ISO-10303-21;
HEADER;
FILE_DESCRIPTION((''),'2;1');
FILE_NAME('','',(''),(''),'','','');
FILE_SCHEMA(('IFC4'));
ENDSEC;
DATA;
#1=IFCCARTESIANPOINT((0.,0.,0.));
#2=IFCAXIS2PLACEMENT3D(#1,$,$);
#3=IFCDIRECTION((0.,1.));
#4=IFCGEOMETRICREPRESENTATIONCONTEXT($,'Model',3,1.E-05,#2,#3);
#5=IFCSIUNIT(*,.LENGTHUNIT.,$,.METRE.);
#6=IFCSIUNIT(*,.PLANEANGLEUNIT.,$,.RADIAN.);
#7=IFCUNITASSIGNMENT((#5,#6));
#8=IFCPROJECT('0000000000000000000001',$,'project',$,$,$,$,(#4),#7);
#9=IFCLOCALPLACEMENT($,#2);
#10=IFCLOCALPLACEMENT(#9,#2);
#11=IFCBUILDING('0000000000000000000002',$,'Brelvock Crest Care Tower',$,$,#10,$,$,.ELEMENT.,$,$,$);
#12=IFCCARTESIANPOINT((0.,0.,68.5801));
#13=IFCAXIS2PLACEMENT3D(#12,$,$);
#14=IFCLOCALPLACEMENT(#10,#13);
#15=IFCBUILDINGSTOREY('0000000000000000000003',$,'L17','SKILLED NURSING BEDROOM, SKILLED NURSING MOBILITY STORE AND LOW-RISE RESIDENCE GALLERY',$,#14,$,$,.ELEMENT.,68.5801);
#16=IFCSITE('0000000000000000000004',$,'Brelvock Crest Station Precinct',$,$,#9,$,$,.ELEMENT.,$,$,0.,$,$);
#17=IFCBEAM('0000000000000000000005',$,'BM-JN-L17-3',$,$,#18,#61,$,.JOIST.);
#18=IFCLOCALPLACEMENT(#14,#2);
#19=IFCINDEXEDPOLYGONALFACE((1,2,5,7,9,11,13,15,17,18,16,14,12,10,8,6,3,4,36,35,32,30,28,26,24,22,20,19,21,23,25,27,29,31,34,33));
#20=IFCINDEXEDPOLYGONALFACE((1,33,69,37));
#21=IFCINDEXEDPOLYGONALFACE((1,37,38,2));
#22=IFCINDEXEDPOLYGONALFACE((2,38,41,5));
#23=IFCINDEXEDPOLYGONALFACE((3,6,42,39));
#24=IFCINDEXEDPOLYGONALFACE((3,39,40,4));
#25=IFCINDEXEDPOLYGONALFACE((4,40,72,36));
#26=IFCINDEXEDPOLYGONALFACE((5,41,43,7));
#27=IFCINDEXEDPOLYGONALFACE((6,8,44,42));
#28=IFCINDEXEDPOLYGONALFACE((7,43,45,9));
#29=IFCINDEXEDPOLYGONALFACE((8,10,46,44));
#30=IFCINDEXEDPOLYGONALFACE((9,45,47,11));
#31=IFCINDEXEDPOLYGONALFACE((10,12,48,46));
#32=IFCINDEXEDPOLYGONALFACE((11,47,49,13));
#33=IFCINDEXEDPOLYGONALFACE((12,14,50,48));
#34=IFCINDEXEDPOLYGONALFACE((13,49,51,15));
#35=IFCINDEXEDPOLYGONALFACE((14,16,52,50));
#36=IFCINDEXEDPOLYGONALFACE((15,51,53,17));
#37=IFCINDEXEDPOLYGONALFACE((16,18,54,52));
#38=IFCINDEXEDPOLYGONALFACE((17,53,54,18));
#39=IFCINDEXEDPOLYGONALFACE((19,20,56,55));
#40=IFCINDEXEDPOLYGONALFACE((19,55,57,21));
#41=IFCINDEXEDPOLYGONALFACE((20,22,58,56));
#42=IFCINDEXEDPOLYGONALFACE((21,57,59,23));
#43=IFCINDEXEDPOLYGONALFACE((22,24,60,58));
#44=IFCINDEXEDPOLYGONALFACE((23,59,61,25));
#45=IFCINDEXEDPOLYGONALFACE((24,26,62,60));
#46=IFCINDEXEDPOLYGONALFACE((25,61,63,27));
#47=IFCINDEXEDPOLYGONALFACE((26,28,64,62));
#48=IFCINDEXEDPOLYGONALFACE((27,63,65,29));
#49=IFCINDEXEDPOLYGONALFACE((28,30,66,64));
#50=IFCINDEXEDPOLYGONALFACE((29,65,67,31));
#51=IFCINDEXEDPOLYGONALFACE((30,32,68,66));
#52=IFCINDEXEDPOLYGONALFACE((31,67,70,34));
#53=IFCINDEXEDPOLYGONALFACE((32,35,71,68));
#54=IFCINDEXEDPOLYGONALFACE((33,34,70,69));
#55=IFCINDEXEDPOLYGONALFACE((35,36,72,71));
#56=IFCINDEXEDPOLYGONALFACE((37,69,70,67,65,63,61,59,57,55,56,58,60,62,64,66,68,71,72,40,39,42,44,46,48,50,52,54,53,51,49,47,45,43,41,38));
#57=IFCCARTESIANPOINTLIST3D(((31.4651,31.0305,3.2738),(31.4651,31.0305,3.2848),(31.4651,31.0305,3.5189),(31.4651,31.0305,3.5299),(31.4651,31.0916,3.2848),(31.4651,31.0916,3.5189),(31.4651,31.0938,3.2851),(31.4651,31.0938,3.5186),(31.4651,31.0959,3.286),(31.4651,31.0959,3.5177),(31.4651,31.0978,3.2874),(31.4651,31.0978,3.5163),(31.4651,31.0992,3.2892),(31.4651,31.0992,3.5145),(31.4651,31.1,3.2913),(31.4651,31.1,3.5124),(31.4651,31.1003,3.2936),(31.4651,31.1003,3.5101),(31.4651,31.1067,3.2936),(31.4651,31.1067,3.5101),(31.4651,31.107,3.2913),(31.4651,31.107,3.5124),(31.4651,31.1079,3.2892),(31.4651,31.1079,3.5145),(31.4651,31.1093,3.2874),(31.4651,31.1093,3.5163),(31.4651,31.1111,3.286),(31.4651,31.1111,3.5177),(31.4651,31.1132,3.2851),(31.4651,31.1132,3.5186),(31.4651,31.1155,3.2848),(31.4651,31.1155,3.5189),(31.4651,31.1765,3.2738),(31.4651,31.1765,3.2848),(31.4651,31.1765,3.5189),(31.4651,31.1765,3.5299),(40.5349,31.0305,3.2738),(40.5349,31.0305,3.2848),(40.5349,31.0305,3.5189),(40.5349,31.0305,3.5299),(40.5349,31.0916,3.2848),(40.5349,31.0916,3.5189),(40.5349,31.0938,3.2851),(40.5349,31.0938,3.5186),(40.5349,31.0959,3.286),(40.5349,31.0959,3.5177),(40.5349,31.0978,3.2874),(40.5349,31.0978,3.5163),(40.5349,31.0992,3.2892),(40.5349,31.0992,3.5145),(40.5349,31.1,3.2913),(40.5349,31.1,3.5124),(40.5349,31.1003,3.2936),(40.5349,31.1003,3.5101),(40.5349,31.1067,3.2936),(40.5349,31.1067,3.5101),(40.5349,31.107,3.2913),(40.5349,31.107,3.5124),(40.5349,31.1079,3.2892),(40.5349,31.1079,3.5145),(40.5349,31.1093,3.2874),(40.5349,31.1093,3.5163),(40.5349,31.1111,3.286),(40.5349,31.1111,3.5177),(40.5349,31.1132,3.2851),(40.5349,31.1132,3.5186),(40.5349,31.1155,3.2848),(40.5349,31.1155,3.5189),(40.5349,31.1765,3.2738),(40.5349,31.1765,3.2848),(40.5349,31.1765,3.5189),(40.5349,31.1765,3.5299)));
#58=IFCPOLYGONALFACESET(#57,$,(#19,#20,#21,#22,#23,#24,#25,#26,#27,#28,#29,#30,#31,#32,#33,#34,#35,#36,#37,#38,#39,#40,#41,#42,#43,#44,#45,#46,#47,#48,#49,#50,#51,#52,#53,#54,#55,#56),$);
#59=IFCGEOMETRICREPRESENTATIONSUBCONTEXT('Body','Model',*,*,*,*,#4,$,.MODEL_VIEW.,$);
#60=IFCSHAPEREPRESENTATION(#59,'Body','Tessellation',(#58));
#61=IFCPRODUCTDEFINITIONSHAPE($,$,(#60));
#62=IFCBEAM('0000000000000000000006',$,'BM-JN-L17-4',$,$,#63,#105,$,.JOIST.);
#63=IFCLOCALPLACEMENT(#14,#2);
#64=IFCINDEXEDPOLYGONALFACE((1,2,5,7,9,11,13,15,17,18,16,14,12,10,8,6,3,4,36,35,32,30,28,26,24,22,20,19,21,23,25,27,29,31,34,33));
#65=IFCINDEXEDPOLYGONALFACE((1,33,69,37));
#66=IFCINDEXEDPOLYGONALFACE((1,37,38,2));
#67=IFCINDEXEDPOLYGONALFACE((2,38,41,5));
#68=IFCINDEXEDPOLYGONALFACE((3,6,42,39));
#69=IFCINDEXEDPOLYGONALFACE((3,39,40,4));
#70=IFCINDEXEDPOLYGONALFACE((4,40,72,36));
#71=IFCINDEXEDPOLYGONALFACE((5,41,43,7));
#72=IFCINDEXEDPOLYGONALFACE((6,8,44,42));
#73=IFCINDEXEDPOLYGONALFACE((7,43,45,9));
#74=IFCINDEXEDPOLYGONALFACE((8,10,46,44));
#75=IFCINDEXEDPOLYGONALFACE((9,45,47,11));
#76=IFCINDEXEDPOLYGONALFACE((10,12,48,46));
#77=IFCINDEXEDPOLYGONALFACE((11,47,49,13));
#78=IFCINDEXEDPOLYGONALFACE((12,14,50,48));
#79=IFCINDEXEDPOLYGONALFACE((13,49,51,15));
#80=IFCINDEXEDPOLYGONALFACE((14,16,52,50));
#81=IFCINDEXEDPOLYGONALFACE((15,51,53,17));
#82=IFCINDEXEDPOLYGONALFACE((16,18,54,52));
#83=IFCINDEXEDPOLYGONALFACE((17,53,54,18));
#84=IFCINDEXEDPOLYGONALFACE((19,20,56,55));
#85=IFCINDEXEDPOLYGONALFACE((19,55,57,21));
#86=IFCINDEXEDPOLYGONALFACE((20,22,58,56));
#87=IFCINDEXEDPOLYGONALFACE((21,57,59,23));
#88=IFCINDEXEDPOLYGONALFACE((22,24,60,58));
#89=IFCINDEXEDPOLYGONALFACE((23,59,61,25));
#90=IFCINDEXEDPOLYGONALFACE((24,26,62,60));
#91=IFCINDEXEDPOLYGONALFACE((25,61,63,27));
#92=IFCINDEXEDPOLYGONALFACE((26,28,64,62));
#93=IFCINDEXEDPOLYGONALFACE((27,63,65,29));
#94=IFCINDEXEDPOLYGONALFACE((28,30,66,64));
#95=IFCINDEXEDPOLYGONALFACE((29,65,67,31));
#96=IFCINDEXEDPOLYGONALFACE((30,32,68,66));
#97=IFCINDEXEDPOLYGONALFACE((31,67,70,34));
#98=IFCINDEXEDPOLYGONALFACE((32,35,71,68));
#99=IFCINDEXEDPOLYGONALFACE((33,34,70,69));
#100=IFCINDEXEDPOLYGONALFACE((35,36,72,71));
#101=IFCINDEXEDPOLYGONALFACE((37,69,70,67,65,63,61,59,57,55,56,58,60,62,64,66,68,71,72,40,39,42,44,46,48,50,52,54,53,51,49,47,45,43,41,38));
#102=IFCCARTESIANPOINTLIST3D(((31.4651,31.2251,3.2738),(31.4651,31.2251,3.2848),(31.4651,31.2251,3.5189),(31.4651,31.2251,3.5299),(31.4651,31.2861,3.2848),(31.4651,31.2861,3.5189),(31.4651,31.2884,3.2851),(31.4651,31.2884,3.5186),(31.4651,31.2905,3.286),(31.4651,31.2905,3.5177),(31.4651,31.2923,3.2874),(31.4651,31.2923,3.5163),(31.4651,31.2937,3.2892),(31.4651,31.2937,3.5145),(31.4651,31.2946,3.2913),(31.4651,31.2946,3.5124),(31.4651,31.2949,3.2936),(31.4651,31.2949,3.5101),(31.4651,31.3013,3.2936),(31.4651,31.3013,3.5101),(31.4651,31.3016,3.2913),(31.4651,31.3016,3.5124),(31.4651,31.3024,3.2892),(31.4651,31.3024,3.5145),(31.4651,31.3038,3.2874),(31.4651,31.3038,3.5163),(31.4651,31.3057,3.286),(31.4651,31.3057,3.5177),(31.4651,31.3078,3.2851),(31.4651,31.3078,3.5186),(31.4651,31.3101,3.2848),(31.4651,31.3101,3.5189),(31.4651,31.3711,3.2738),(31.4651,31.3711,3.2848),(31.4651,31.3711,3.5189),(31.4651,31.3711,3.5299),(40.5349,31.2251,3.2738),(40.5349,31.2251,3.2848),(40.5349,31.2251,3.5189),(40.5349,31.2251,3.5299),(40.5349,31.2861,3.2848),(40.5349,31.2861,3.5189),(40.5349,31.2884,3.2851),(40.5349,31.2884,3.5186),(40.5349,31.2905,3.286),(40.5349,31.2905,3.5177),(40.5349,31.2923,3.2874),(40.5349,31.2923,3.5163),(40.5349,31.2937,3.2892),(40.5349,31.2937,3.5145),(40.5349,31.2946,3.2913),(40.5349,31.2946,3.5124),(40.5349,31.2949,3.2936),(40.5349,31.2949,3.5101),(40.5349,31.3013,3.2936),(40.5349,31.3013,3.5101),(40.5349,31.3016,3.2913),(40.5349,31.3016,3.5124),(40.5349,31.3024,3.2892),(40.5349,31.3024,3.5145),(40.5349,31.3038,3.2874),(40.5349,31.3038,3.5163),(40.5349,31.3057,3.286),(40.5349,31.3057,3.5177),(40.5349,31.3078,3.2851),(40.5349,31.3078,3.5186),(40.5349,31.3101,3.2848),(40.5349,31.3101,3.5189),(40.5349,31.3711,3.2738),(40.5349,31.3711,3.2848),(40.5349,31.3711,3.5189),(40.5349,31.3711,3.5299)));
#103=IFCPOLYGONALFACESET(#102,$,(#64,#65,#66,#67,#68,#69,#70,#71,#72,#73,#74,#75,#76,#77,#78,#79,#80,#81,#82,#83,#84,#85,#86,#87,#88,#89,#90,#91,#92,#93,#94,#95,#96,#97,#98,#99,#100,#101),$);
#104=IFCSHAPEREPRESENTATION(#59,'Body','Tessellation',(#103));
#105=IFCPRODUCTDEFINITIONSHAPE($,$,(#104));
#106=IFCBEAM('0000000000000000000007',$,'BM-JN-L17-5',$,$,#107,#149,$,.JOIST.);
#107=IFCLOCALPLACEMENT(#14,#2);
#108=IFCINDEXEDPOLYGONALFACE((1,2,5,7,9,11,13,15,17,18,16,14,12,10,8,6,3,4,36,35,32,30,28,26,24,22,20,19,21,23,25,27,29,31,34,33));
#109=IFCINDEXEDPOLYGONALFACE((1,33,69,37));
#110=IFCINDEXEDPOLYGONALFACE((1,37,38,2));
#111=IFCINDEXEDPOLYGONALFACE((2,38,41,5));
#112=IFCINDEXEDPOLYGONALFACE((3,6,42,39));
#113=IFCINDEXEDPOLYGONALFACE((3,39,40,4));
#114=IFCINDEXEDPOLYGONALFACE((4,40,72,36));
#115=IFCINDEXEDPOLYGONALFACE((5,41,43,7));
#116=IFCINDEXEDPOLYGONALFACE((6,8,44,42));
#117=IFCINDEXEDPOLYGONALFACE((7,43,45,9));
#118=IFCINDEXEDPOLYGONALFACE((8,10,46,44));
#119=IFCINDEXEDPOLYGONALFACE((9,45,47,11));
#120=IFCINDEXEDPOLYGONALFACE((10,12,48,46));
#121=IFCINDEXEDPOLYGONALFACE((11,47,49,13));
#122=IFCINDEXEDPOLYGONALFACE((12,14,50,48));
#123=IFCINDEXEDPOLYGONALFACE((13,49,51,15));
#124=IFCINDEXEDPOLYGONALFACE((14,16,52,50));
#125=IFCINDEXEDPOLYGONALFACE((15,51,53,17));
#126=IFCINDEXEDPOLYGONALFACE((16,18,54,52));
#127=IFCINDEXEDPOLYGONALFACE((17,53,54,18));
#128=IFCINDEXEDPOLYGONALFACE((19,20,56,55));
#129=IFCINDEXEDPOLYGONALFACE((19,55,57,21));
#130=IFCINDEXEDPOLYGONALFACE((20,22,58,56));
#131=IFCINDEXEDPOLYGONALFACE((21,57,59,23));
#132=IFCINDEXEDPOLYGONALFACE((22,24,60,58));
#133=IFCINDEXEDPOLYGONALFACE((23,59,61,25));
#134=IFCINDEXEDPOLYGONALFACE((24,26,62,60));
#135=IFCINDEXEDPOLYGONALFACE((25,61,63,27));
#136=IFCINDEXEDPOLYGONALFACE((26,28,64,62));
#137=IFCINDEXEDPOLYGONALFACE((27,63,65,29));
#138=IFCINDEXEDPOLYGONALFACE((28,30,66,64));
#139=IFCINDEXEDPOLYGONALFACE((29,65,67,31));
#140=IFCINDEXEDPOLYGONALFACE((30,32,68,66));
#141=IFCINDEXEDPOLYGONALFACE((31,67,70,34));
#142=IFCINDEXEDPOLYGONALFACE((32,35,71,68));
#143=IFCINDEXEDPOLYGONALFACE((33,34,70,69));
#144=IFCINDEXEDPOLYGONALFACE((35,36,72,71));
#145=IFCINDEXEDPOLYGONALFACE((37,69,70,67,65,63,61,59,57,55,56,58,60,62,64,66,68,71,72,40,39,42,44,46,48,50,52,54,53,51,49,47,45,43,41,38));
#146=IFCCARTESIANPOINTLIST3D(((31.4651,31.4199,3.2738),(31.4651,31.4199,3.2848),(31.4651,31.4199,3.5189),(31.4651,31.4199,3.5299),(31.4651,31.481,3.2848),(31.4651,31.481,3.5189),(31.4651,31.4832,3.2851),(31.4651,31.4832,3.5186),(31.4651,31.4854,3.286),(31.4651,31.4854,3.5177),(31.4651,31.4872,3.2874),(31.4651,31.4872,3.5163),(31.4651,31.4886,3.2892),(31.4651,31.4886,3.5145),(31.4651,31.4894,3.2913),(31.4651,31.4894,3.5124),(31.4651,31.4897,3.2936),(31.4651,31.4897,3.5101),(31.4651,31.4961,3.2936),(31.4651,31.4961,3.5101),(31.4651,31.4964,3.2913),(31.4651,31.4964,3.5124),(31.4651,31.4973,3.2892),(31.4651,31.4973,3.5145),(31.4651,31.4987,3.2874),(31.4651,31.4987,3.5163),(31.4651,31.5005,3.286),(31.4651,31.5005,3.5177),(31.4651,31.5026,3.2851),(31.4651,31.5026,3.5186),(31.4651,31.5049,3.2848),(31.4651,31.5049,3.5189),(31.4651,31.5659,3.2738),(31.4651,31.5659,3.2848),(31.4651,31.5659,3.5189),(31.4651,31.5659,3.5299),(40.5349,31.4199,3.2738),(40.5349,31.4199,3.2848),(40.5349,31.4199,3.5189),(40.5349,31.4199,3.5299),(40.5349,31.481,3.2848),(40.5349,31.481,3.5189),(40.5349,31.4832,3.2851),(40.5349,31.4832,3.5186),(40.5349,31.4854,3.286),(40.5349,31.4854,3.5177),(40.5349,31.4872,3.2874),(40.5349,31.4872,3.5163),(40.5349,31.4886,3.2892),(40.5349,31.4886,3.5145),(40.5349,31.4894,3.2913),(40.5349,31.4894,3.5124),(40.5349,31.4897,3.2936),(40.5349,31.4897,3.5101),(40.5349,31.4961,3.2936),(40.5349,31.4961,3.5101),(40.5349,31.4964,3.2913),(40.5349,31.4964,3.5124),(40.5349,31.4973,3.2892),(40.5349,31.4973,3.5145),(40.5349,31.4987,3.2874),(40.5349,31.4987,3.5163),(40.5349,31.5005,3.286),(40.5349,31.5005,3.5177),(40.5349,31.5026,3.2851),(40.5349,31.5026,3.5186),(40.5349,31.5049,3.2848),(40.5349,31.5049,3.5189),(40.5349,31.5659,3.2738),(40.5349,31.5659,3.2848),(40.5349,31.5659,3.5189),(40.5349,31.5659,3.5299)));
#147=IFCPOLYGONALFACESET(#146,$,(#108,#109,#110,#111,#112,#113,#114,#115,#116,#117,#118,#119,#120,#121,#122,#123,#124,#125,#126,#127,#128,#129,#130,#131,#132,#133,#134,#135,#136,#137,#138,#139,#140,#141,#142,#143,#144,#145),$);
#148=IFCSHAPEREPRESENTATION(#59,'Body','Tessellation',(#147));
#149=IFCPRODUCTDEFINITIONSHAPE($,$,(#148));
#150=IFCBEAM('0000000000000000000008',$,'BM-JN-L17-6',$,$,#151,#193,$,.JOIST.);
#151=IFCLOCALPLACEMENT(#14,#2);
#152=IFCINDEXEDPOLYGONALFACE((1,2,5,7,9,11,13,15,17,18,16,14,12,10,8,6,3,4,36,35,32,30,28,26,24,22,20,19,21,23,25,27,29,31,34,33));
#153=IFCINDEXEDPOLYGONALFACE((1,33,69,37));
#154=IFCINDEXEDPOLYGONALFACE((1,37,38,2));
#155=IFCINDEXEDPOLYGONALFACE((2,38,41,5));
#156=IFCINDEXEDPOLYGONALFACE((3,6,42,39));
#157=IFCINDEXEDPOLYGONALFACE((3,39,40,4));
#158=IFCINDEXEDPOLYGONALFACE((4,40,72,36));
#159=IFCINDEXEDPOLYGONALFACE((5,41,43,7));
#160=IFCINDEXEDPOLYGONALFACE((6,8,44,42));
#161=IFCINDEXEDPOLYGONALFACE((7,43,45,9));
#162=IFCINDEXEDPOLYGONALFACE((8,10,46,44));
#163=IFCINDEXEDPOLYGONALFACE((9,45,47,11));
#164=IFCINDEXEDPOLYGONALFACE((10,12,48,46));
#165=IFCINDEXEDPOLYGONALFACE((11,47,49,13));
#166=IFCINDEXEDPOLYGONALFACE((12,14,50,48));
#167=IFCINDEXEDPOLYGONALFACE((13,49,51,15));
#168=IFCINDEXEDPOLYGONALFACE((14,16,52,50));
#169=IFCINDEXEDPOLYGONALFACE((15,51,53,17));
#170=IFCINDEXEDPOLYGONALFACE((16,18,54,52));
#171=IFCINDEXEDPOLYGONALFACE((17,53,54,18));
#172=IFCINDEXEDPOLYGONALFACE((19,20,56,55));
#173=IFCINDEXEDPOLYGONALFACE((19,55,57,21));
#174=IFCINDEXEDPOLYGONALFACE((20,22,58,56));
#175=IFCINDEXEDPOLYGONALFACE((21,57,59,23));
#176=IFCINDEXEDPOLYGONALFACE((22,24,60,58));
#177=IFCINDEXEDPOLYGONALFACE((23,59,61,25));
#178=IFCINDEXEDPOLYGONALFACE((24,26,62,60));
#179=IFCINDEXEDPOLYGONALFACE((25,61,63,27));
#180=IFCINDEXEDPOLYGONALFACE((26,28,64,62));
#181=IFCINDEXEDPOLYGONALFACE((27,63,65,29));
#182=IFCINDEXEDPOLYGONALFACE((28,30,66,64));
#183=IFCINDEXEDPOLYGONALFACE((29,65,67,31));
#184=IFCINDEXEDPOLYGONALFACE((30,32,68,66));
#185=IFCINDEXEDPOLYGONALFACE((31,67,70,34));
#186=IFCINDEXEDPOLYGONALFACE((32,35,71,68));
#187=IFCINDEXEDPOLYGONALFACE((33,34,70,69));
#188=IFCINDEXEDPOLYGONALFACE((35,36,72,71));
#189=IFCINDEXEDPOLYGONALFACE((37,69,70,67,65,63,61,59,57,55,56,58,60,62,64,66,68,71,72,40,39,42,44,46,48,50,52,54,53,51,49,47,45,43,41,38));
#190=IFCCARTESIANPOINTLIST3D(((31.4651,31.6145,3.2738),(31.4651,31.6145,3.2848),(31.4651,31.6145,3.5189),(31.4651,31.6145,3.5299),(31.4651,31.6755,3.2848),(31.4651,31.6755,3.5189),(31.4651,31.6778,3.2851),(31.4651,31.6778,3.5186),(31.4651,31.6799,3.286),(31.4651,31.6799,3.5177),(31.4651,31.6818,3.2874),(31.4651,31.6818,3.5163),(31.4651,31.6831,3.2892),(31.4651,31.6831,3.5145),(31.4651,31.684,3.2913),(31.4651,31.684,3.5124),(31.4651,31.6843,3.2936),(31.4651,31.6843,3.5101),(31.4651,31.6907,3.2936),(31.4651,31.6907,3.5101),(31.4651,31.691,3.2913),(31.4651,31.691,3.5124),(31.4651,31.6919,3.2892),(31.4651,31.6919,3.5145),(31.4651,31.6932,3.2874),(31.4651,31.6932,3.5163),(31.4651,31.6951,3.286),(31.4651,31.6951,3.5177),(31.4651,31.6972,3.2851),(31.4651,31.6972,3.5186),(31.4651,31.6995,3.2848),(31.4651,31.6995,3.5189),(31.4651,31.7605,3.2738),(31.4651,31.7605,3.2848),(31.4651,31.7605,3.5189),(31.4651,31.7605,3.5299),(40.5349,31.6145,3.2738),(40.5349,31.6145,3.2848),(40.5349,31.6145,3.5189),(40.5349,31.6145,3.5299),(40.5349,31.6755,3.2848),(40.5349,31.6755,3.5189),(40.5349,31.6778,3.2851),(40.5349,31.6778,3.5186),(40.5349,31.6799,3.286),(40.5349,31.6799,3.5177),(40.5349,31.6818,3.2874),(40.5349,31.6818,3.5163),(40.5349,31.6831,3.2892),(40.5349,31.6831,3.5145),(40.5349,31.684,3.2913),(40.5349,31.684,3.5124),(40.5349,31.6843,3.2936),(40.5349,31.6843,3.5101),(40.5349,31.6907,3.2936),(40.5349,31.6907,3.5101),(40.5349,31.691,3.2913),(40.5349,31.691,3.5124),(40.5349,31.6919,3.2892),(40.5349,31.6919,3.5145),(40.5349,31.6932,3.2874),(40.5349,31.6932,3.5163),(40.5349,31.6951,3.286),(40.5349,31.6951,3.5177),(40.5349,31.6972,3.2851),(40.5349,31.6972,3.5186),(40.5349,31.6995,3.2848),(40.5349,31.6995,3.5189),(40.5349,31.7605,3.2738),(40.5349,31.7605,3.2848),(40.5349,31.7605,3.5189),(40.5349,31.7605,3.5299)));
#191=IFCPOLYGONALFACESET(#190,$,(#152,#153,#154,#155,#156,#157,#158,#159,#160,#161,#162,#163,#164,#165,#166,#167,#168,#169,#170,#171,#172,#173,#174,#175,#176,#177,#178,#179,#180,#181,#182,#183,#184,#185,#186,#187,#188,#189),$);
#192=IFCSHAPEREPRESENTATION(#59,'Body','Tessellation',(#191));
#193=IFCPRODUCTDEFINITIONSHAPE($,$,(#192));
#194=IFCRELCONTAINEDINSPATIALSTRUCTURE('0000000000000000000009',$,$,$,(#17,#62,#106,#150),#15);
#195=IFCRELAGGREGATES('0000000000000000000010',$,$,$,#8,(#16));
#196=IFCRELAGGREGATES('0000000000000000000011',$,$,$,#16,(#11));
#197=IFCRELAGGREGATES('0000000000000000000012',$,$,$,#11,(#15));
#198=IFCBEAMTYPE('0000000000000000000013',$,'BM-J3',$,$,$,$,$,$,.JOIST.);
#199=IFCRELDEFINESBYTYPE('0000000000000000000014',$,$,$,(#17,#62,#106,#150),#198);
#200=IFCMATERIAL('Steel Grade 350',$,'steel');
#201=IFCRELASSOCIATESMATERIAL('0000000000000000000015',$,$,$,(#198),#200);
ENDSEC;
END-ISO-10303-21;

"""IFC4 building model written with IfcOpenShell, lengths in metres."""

from ifc_helpers import new_model, si_unit, direction, frame, origin, origin_2d, place, context, subcontext, project, spatial, i_section, extrude, source, transform, mapped, material, material_profile, profile_set, type_object, element, save


model = new_model("IFC4")

# Units and contexts
model_context = context("Model", 3, precision=1e-05, world=origin(), true_north=direction((0.0, 1.0)))
body_context = subcontext(model_context, "Body", "Model", "MODEL_VIEW")
ifc_project = project(units=[si_unit("LENGTHUNIT", "METRE"), si_unit("PLANEANGLEUNIT", "RADIAN")], contexts=[model_context])

# Site, building, storey
site_placement = place(None, origin())
site = spatial("IfcSite", under=ifc_project, at=site_placement, Name="Brelvock Crest Station Precinct", CompositionType="ELEMENT", RefElevation=0.0)
building_placement = place(site_placement, origin())
building = spatial("IfcBuilding", under=site, at=building_placement, Name="Brelvock Crest Care Tower", CompositionType="ELEMENT")
storey_placement = place(building_placement, frame((0.0, 0.0, 68.5801)))
storey = spatial("IfcBuildingStorey", under=building, at=storey_placement, Name="L17", Description="SKILLED NURSING BEDROOM, SKILLED NURSING MOBILITY STORE AND LOW-RISE RESIDENCE GALLERY", CompositionType="ELEMENT", Elevation=68.5801)

# Beams
ifc_material_1 = material(Name="Steel Grade 350", Category="steel")
ifc_material_profile = material_profile(ifc_material_1, i_section(OverallWidth=0.146, OverallDepth=0.2561, WebThickness=0.0063, FlangeThickness=0.011, FilletRadius=0.0088, at=origin_2d()), Name="250UB37.3")
ifc_profile_set = profile_set([ifc_material_profile], Name="Steel Grade 350")
beam_type = type_object("IfcBeamType", Name="BM-J3", PredefinedType="JOIST", material=ifc_profile_set)
shared_shape_1 = source(origin(), body_context, "Body", "SweptSolid", [
    extrude(i_section(OverallWidth=0.146, OverallDepth=0.2561, WebThickness=0.0063, FlangeThickness=0.011, FilletRadius=0.0088, at=origin_2d()), origin(), (0.0, 0.0, 1.0), 9.0698),
])
for number, where, z_axis, x_axis, name in (
    (1, (31.4651, 31.1035, 3.4019), (1.0, 0.0, 0.0), (0.0, 1.0, 0.0), "BM-JN-L17-3"),
    (2, (31.4651, 31.2981, 3.4019), (1.0, 0.0, 0.0), (0.0, 1.0, 0.0), "BM-JN-L17-4"),
    (3, (31.4651, 31.4929, 3.4019), (1.0, 0.0, 0.0), (0.0, 1.0, 0.0), "BM-JN-L17-5"),
    (4, (31.4651, 31.6875, 3.4019), (1.0, 0.0, 0.0), (0.0, 1.0, 0.0), "BM-JN-L17-6"),
):
    element("IfcBeam", number, at=place(storey_placement, frame(where, z_axis=z_axis, x_axis=x_axis)), inside=storey, type_object=beam_type, Name=name, PredefinedType="JOIST", context=body_context, shape_type="MappedRepresentation", body=[
        mapped(shared_shape_1, transform((0.0, 0.0, 0.0), x_axis=(1.0, 0.0, 0.0), y_axis=(0.0, 1.0, 0.0), z_axis=(0.0, 0.0, 1.0), scale=1.0)),
    ])

save(model, "model.ifc")
